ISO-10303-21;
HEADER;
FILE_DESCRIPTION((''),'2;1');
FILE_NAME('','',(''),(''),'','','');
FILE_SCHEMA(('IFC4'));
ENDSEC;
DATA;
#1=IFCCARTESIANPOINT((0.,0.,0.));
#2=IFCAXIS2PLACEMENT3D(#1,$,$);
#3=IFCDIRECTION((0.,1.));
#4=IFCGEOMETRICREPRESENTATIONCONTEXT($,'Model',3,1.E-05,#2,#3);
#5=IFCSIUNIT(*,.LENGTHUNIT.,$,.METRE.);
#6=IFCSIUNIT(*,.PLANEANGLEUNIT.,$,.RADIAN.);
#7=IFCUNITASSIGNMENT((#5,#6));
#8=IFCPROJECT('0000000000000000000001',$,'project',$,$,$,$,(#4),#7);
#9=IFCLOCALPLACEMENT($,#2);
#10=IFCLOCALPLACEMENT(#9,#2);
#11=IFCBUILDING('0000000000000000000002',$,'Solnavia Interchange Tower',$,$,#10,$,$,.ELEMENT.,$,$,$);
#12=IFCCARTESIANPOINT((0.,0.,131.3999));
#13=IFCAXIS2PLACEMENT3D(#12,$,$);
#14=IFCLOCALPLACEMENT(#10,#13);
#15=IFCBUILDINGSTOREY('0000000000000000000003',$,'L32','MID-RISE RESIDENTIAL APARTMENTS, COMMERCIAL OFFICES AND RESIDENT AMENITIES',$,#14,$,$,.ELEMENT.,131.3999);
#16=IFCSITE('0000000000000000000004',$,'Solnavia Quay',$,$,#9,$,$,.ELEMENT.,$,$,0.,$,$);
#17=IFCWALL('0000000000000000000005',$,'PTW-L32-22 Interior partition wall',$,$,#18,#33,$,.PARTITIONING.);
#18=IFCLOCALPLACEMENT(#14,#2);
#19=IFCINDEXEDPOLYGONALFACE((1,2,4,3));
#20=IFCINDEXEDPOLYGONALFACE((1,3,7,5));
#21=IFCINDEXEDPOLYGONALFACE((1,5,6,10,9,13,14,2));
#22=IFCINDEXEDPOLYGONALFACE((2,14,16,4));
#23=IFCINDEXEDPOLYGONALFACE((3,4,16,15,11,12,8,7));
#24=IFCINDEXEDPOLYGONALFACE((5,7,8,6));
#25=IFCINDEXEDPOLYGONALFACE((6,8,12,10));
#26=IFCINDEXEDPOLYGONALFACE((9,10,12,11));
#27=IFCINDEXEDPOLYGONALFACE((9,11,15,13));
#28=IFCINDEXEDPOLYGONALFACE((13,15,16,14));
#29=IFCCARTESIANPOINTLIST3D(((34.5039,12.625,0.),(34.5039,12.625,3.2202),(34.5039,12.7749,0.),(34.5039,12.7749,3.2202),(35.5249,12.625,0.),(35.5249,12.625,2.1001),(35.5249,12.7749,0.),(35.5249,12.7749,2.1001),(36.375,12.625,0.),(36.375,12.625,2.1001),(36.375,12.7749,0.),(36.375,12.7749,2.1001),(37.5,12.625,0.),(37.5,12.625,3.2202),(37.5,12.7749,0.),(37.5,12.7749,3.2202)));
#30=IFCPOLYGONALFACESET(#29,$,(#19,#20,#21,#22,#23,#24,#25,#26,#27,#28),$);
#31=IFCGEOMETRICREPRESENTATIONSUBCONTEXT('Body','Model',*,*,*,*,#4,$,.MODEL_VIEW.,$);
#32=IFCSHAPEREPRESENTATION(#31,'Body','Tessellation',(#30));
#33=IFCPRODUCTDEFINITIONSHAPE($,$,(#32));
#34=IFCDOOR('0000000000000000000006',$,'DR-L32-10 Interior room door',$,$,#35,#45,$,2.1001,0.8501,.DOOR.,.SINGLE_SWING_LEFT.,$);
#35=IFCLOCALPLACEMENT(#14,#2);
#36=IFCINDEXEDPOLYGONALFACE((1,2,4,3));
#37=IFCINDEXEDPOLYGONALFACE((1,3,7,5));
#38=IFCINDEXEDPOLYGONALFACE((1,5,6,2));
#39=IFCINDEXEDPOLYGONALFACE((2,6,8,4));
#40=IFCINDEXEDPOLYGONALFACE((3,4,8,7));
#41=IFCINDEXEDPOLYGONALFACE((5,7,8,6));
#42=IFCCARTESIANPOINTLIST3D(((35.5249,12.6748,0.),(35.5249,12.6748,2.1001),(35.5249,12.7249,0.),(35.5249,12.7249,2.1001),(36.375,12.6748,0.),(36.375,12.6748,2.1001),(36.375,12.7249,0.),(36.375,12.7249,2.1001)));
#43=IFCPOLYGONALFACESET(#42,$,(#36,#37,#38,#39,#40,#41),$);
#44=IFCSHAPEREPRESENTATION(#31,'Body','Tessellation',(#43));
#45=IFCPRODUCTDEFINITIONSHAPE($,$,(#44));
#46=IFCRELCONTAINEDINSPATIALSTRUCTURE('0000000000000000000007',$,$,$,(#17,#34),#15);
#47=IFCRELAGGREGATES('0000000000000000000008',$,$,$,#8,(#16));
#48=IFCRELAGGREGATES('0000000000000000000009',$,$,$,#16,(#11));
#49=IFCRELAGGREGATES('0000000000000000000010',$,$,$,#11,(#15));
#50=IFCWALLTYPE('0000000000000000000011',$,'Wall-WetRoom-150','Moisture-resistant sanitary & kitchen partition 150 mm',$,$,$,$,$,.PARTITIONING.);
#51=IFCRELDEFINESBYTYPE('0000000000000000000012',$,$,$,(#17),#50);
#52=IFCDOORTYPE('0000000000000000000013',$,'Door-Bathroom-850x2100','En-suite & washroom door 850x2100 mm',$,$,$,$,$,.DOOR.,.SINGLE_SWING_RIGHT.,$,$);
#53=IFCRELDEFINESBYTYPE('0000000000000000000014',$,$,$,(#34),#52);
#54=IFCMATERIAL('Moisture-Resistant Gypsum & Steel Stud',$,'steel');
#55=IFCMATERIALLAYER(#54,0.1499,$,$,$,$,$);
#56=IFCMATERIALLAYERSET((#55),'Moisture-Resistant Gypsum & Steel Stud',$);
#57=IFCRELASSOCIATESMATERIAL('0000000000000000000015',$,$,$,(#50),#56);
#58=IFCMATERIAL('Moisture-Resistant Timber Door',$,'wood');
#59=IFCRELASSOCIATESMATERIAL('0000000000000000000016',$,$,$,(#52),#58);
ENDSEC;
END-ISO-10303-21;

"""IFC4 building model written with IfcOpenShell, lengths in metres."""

from ifc_helpers import new_model, si_unit, direction, frame, frame_2d, origin, place, context, subcontext, project, spatial, rectangle, extrude, material, layer, layer_set, type_object, element, fill, save


model = new_model("IFC4")

# Units and contexts
model_context = context("Model", 3, precision=1e-05, world=origin(), true_north=direction((0.0, 1.0)))
body_context = subcontext(model_context, "Body", "Model", "MODEL_VIEW")
ifc_project = project(units=[si_unit("LENGTHUNIT", "METRE"), si_unit("PLANEANGLEUNIT", "RADIAN")], contexts=[model_context])

# Site, building, storey
site_placement = place(None, origin())
site = spatial("IfcSite", under=ifc_project, at=site_placement, Name="Solnavia Quay", CompositionType="ELEMENT", RefElevation=0.0)
building_placement = place(site_placement, origin())
building = spatial("IfcBuilding", under=site, at=building_placement, Name="Solnavia Interchange Tower", CompositionType="ELEMENT")
storey_placement = place(building_placement, frame((0.0, 0.0, 131.3999)))
storey = spatial("IfcBuildingStorey", under=building, at=storey_placement, Name="L32", Description="MID-RISE RESIDENTIAL APARTMENTS, COMMERCIAL OFFICES AND RESIDENT AMENITIES", CompositionType="ELEMENT", Elevation=131.3999)

# Shared definitions
ifc_material_1 = material(Name="Moisture-Resistant Gypsum & Steel Stud", Category="steel")
ifc_layer_1 = layer(ifc_material_1, 0.1499)
ifc_layer_set_1 = layer_set([ifc_layer_1], Name="Moisture-Resistant Gypsum & Steel Stud")
wall_type_1 = type_object("IfcWallType", Name="Wall-WetRoom-150", Description="Moisture-resistant sanitary & kitchen partition 150 mm", PredefinedType="PARTITIONING", material=ifc_layer_set_1)
ifc_material_2 = material(Name="Moisture-Resistant Timber Door", Category="wood")
door_type_1 = type_object("IfcDoorType", Name="Door-Bathroom-850x2100", Description="En-suite & washroom door 850x2100 mm", OperationType="SINGLE_SWING_RIGHT", PredefinedType="DOOR", material=ifc_material_2)

# Wall, opening, door
wall_1_placement = place(storey_placement, frame((34.5039, 12.7, 0.0), z_axis=(0.0, 0.0, 1.0), x_axis=(1.0, 0.0, 0.0)))
wall_1 = element("IfcWall", 1, at=wall_1_placement, inside=storey, type_object=wall_type_1, Name="PTW-L32-22 Interior partition wall", PredefinedType="PARTITIONING", context=body_context, shape_type="SweptSolid", body=[
    extrude(rectangle(XDim=2.9961, YDim=0.1499, at=frame_2d((1.498, 0.0))), origin(), (0.0, 0.0, 1.0), 3.2202),
])
opening_1_placement = place(wall_1_placement, frame((1.021, 0.0, 0.0)))
opening_1 = element("IfcOpeningElement", 2, at=opening_1_placement, cuts=wall_1, PredefinedType="OPENING", context=body_context, shape_type="SweptSolid", body=[
    extrude(rectangle(XDim=0.8501, YDim=2.1001, at=frame_2d((0.425, 1.05))), frame((0.0, 0.085, 0.0), z_axis=(0.0, -1.0, 0.0), x_axis=(1.0, 0.0, 0.0)), (0.0, 0.0, 1.0), 0.1699),
])
door_1_placement = place(opening_1_placement, origin())
door_1 = element("IfcDoor", 3, at=door_1_placement, inside=storey, type_object=door_type_1, Name="DR-L32-10 Interior room door", OperationType="SINGLE_SWING_LEFT", OverallHeight=2.1001, OverallWidth=0.8501, PredefinedType="DOOR", context=body_context, shape_type="SweptSolid", body=[
    extrude(rectangle(XDim=0.8501, YDim=2.1001, at=frame_2d((0.425, 1.05))), frame((0.0, 0.0249, 0.0), z_axis=(0.0, -1.0, 0.0), x_axis=(1.0, 0.0, 0.0)), (0.0, 0.0, 1.0), 0.05),
])
fill(opening_1, door_1)

save(model, "model.ifc")
